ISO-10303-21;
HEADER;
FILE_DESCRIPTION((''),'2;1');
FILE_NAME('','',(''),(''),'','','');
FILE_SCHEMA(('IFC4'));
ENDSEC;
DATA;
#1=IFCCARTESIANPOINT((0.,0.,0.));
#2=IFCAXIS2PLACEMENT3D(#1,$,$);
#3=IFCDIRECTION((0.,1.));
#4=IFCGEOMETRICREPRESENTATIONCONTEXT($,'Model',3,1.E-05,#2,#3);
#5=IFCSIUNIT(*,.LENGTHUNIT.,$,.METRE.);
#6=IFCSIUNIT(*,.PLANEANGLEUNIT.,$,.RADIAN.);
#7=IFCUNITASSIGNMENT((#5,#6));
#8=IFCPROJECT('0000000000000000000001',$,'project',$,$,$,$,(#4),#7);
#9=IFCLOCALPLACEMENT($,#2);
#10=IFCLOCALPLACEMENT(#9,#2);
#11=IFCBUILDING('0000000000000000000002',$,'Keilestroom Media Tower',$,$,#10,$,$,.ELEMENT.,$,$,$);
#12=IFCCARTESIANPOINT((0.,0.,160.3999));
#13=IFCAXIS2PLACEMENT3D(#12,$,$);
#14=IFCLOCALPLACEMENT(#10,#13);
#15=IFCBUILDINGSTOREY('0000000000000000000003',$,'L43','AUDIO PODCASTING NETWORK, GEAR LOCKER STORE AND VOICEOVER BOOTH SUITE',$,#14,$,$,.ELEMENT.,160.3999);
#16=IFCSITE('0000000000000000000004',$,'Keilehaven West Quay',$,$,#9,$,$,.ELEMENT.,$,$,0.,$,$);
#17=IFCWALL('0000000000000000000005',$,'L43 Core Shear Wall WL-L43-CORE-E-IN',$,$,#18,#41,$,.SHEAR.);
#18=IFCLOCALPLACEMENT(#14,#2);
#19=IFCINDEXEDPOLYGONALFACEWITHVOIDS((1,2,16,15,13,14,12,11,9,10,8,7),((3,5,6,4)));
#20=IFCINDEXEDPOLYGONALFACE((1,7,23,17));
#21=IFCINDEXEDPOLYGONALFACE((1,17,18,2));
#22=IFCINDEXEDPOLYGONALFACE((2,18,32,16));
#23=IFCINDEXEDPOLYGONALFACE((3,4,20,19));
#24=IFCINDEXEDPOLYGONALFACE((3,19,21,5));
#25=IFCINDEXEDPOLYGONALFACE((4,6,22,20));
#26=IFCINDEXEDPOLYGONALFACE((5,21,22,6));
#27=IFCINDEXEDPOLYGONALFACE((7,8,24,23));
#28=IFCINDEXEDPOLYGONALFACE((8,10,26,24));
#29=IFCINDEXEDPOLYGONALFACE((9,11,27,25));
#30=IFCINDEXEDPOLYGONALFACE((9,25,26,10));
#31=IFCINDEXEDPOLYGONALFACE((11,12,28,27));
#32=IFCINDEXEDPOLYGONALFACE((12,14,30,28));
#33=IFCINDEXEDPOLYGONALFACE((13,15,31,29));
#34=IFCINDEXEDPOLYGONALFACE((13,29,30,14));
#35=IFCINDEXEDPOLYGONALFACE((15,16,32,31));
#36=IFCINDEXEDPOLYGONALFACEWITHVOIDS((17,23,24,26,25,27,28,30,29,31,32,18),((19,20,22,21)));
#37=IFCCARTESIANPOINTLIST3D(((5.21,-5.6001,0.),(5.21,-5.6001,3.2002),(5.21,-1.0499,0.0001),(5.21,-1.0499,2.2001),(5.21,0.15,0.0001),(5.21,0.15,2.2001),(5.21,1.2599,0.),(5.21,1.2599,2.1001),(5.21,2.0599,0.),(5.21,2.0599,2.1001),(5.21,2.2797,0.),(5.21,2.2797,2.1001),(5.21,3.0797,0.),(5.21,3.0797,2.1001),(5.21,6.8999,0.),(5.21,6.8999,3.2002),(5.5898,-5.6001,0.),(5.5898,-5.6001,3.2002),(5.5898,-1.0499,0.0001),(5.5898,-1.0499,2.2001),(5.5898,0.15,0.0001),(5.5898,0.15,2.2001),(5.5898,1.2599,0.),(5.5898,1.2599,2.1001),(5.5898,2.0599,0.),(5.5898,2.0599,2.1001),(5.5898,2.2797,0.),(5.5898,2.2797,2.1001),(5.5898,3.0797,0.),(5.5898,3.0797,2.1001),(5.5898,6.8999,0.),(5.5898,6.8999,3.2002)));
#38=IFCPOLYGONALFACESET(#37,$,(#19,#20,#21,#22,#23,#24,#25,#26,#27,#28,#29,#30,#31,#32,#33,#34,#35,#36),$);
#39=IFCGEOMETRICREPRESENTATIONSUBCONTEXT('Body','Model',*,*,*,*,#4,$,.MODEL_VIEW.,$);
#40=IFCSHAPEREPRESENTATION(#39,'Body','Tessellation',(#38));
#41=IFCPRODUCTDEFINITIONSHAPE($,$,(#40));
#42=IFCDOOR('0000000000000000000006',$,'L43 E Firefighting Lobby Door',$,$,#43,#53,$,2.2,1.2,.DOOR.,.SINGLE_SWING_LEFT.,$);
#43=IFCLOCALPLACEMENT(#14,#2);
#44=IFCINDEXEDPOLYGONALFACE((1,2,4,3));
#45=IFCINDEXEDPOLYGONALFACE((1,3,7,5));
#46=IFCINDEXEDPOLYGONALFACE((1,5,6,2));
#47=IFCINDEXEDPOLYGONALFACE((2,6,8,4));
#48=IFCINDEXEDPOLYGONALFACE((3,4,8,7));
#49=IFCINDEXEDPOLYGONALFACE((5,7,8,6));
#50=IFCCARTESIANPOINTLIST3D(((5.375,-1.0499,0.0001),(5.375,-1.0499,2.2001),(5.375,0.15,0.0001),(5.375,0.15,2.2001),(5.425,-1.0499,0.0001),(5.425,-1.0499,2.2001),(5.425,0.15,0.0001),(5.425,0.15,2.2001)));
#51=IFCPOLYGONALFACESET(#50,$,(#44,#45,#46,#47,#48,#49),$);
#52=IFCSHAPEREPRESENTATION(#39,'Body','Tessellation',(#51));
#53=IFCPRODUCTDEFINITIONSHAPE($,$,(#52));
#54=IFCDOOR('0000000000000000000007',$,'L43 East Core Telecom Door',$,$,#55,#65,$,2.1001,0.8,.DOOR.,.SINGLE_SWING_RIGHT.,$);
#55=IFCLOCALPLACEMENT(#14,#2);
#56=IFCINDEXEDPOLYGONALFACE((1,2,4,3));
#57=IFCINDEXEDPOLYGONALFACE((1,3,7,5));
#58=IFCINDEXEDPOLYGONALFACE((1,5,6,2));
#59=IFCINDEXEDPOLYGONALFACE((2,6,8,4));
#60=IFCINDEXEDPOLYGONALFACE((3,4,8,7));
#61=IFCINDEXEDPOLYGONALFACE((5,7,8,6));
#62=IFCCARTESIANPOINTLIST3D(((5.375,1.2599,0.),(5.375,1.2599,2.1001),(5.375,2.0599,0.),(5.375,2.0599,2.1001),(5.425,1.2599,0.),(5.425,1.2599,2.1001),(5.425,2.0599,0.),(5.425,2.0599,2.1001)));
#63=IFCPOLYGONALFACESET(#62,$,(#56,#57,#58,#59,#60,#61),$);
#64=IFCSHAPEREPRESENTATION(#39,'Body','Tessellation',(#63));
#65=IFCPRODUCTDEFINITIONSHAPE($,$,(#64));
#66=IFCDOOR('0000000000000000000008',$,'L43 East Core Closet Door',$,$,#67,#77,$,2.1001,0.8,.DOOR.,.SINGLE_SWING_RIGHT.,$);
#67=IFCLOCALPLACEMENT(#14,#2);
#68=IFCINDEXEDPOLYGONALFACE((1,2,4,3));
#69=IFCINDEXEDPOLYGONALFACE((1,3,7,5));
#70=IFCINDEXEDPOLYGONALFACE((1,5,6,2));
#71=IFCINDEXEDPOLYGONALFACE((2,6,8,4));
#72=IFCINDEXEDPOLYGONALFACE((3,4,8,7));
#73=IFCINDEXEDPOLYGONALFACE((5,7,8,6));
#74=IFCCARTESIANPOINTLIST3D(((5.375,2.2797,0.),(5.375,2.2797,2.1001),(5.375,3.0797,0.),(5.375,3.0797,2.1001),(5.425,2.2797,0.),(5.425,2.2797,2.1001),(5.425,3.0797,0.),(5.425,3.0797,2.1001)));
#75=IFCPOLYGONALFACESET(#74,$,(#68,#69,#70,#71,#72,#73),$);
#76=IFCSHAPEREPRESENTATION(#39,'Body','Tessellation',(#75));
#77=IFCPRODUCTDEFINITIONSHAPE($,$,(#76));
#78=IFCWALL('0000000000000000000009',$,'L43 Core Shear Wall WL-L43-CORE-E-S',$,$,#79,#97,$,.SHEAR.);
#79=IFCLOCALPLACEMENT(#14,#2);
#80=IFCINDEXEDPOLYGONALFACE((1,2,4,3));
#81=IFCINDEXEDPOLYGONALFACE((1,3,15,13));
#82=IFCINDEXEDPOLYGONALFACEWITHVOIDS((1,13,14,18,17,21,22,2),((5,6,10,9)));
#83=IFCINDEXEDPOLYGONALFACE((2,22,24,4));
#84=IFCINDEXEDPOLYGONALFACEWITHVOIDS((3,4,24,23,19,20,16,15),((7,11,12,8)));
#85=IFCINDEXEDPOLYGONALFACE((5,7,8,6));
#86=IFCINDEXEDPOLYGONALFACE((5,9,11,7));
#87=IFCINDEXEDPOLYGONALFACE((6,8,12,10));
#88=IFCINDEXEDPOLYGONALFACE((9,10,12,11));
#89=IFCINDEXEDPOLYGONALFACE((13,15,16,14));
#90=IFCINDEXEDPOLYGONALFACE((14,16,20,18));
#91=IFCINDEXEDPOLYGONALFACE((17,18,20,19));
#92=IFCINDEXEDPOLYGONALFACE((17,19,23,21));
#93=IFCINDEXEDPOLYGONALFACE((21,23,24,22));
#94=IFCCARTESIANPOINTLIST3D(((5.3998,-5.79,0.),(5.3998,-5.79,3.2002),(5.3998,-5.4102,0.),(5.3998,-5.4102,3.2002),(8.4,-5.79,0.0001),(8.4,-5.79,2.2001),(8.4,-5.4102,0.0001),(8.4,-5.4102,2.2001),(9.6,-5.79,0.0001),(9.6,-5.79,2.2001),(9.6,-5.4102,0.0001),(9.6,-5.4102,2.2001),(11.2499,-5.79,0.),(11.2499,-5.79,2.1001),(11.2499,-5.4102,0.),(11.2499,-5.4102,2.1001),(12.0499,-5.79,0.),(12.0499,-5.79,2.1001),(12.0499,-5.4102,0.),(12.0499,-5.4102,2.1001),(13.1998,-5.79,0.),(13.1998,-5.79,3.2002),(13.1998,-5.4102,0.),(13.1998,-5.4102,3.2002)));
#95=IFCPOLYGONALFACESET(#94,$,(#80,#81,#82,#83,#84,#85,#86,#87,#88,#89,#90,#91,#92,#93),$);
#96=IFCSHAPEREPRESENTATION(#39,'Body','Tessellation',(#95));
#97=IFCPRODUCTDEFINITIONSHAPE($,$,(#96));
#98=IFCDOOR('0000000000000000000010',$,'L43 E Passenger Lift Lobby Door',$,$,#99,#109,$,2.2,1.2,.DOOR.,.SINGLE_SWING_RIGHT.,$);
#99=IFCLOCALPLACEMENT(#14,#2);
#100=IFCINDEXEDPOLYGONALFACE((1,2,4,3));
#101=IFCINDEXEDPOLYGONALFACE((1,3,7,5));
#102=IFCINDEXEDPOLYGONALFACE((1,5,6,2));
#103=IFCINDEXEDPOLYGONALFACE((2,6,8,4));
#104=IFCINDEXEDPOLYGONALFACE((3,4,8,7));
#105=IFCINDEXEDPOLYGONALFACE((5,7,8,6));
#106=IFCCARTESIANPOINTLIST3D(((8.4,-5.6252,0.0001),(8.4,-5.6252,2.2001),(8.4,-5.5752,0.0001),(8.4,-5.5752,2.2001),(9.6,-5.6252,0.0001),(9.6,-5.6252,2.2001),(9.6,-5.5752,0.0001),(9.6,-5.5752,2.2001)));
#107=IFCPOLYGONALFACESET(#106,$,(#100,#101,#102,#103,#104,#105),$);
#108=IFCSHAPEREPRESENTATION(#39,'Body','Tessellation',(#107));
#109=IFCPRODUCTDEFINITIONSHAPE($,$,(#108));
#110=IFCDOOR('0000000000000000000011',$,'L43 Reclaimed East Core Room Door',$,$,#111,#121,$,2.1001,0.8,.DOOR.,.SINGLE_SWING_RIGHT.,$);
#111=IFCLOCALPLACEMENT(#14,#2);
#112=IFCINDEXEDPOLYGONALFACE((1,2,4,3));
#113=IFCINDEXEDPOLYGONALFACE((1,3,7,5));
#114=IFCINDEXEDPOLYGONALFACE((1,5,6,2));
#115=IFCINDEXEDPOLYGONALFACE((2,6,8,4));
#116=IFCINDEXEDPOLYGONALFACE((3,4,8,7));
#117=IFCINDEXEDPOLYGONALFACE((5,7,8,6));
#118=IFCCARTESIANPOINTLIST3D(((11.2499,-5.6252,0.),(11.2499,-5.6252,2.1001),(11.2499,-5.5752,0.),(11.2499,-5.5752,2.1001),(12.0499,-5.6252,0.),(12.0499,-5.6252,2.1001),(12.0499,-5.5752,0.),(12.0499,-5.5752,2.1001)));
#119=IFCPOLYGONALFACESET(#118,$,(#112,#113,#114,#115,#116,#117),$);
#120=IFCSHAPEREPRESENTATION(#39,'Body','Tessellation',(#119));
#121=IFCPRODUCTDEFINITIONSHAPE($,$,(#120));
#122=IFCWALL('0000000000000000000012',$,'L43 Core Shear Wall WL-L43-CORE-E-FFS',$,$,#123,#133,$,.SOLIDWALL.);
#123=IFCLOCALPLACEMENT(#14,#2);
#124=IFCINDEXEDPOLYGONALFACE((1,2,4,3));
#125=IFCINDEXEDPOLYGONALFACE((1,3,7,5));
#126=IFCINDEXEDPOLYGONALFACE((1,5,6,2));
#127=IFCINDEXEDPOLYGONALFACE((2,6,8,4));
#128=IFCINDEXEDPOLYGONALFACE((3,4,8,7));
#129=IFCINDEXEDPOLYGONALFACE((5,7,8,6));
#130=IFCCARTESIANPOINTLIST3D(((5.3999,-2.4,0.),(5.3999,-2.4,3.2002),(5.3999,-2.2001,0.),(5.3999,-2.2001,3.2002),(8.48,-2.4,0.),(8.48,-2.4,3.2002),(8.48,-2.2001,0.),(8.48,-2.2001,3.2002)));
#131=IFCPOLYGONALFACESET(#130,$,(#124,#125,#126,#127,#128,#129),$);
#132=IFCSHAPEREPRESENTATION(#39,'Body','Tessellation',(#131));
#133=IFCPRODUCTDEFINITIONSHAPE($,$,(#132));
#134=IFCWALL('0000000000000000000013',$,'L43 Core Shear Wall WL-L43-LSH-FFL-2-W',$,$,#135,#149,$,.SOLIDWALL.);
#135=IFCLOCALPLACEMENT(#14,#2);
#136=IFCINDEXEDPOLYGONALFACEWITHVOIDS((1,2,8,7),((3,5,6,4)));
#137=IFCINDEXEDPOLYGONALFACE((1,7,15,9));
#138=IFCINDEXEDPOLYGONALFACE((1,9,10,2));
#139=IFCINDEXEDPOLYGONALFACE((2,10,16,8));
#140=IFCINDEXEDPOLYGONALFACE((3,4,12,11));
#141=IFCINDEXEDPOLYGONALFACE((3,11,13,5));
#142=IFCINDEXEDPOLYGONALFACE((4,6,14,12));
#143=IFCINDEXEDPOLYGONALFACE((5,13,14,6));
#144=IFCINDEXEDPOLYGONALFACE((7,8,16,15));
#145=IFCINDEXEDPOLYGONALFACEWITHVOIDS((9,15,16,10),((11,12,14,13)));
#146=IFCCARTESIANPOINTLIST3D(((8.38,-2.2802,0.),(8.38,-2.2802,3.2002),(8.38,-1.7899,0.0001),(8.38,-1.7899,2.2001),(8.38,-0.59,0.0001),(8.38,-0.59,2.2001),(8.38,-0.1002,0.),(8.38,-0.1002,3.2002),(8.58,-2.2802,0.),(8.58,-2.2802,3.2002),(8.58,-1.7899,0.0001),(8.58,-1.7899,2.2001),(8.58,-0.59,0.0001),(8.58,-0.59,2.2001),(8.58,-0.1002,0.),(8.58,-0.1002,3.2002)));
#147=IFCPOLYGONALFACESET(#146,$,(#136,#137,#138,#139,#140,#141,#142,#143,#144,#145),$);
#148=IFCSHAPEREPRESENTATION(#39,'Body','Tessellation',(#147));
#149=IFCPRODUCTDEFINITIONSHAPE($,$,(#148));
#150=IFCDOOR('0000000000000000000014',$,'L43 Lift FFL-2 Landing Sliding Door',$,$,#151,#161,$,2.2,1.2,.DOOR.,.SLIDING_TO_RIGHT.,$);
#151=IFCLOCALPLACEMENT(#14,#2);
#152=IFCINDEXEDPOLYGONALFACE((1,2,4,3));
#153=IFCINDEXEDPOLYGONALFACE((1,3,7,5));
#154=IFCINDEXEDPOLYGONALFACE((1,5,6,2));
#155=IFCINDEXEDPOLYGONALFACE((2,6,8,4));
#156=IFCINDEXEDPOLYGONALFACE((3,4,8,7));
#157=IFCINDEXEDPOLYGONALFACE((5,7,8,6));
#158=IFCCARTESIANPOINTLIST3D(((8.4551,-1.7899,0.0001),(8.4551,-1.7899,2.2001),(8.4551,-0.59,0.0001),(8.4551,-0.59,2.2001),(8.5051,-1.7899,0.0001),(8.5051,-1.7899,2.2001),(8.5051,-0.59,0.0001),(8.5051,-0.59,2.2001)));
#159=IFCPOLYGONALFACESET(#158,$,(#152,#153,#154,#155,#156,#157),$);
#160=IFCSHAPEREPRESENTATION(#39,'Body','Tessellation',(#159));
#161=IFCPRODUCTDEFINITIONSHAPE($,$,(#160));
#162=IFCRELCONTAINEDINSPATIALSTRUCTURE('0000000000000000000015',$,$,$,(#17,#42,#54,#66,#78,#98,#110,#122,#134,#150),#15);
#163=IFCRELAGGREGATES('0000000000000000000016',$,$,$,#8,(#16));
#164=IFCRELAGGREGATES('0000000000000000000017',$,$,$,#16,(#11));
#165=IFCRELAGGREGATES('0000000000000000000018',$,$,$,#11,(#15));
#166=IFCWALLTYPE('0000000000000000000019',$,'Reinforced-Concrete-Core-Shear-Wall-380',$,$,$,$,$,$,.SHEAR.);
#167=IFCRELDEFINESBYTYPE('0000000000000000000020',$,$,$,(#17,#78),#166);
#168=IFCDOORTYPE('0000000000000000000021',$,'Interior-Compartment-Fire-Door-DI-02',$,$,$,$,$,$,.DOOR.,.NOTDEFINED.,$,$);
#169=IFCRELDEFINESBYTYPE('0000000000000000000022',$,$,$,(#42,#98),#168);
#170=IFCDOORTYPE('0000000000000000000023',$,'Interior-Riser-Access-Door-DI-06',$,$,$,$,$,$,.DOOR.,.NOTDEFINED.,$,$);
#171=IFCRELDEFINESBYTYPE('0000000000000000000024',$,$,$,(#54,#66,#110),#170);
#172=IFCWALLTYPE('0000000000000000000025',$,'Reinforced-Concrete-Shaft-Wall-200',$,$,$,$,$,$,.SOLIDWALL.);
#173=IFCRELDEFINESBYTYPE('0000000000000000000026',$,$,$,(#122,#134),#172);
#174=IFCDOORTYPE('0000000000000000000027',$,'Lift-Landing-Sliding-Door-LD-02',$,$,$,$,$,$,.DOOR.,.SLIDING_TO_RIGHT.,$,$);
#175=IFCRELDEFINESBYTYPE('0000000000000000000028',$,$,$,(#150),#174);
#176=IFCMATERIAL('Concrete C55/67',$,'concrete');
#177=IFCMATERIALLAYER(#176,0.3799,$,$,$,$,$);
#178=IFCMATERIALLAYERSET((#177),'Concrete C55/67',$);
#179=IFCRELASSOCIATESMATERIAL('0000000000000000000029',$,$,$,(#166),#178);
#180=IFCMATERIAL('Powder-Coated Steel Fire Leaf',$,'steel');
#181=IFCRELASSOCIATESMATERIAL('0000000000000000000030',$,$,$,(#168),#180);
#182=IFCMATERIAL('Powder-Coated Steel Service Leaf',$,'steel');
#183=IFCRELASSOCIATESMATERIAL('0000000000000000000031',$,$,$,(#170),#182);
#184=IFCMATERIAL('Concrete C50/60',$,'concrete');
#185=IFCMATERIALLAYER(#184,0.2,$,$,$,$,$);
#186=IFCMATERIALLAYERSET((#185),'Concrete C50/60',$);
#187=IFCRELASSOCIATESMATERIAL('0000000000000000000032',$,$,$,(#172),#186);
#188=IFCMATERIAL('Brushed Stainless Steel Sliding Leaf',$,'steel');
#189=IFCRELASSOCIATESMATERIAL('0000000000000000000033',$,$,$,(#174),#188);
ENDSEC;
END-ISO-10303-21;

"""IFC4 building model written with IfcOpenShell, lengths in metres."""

from ifc_helpers import new_model, si_unit, direction, frame, frame_2d, origin, place, context, subcontext, project, spatial, rectangle, extrude, source, transform, mapped, material, layer, layer_set, type_object, element, fill, save


model = new_model("IFC4")

# Units and contexts
model_context = context("Model", 3, precision=1e-05, world=origin(), true_north=direction((0.0, 1.0)))
body_context = subcontext(model_context, "Body", "Model", "MODEL_VIEW")
ifc_project = project(units=[si_unit("LENGTHUNIT", "METRE"), si_unit("PLANEANGLEUNIT", "RADIAN")], contexts=[model_context])

# Site, building, storey
site_placement = place(None, origin())
site = spatial("IfcSite", under=ifc_project, at=site_placement, Name="Keilehaven West Quay", CompositionType="ELEMENT", RefElevation=0.0)
building_placement = place(site_placement, origin())
building = spatial("IfcBuilding", under=site, at=building_placement, Name="Keilestroom Media Tower", CompositionType="ELEMENT")
storey_placement = place(building_placement, frame((0.0, 0.0, 160.3999)))
storey = spatial("IfcBuildingStorey", under=building, at=storey_placement, Name="L43", Description="AUDIO PODCASTING NETWORK, GEAR LOCKER STORE AND VOICEOVER BOOTH SUITE", CompositionType="ELEMENT", Elevation=160.3999)

# Shared definitions
ifc_material_1 = material(Name="Concrete C55/67", Category="concrete")

# Shared definitions
ifc_layer_1 = layer(ifc_material_1, 0.3799)
ifc_layer_set_1 = layer_set([ifc_layer_1], Name="Concrete C55/67")
wall_type_1 = type_object("IfcWallType", Name="Reinforced-Concrete-Core-Shear-Wall-380", PredefinedType="SHEAR", material=ifc_layer_set_1)

# Walls, openings, doors
wall_1_placement = place(storey_placement, frame((5.3999, -5.6001, 0.0), z_axis=(0.0, 0.0, 1.0), x_axis=(0.0, 1.0, 0.0)))
wall_1 = element("IfcWall", 1, at=wall_1_placement, inside=storey, type_object=wall_type_1, Name="L43 Core Shear Wall WL-L43-CORE-E-IN", PredefinedType="SHEAR", context=body_context, shape_type="SweptSolid", body=[
    extrude(rectangle(XDim=12.5, YDim=0.3799, at=frame_2d((6.25, 0.0))), origin(), (0.0, 0.0, 1.0), 3.2002),
])
opening_1_placement = place(wall_1_placement, frame((4.55, 0.0, 0.0)))
opening_1 = element("IfcOpeningElement", 2, at=opening_1_placement, cuts=wall_1, PredefinedType="OPENING", context=body_context, shape_type="SweptSolid", body=[
    extrude(rectangle(XDim=1.2, YDim=2.2, at=frame_2d((0.6001, 1.1001))), frame((0.0, 0.2, 0.0), z_axis=(0.0, -1.0, 0.0), x_axis=(1.0, 0.0, 0.0)), (0.0, 0.0, 1.0), 0.3999),
])
opening_2_placement = place(wall_1_placement, frame((6.8601, 0.0, 0.0)))
opening_2 = element("IfcOpeningElement", 3, at=opening_2_placement, cuts=wall_1, PredefinedType="OPENING", context=body_context, shape_type="SweptSolid", body=[
    extrude(rectangle(XDim=0.8, YDim=2.1001, at=frame_2d((0.3999, 1.05))), frame((0.0, 0.2, 0.0), z_axis=(0.0, -1.0, 0.0), x_axis=(1.0, 0.0, 0.0)), (0.0, 0.0, 1.0), 0.3999),
])
opening_3_placement = place(wall_1_placement, frame((7.8799, 0.0, 0.0)))
opening_3 = element("IfcOpeningElement", 4, at=opening_3_placement, cuts=wall_1, PredefinedType="OPENING", context=body_context, shape_type="SweptSolid", body=[
    extrude(rectangle(XDim=0.8, YDim=2.1001, at=frame_2d((0.3999, 1.05))), frame((0.0, 0.2, 0.0), z_axis=(0.0, -1.0, 0.0), x_axis=(1.0, 0.0, 0.0)), (0.0, 0.0, 1.0), 0.3999),
])
ifc_material_2 = material(Name="Powder-Coated Steel Fire Leaf", Category="steel")
door_type_1 = type_object("IfcDoorType", Name="Interior-Compartment-Fire-Door-DI-02", OperationType="NOTDEFINED", PredefinedType="DOOR", material=ifc_material_2)
shared_shape_1 = source(origin(), body_context, "Body", "SweptSolid", [
    extrude(rectangle(XDim=1.2, YDim=2.2, at=frame_2d((0.6001, 1.1001))), frame((0.0, 0.0249, 0.0), z_axis=(0.0, -1.0, 0.0), x_axis=(1.0, 0.0, 0.0)), (0.0, 0.0, 1.0), 0.05),
])
door_1_placement = place(opening_1_placement, origin())
door_1 = element("IfcDoor", 5, at=door_1_placement, inside=storey, type_object=door_type_1, Name="L43 E Firefighting Lobby Door", OperationType="SINGLE_SWING_LEFT", OverallHeight=2.2, OverallWidth=1.2, PredefinedType="DOOR", context=body_context, shape_type="MappedRepresentation", body=[
    mapped(shared_shape_1, transform((0.0, 0.0, 0.0), x_axis=(1.0, 0.0, 0.0), y_axis=(0.0, 1.0, 0.0), z_axis=(0.0, 0.0, 1.0), scale=1.0)),
])
fill(opening_1, door_1)
ifc_material_3 = material(Name="Powder-Coated Steel Service Leaf", Category="steel")
door_type_2 = type_object("IfcDoorType", Name="Interior-Riser-Access-Door-DI-06", OperationType="NOTDEFINED", PredefinedType="DOOR", material=ifc_material_3)
shared_shape_2 = source(origin(), body_context, "Body", "SweptSolid", [
    extrude(rectangle(XDim=0.8, YDim=2.1001, at=frame_2d((0.3999, 1.05))), frame((0.0, 0.0249, 0.0), z_axis=(0.0, -1.0, 0.0), x_axis=(1.0, 0.0, 0.0)), (0.0, 0.0, 1.0), 0.05),
])
door_2_placement = place(opening_2_placement, origin())
door_2 = element("IfcDoor", 6, at=door_2_placement, inside=storey, type_object=door_type_2, Name="L43 East Core Telecom Door", OperationType="SINGLE_SWING_RIGHT", OverallHeight=2.1001, OverallWidth=0.8, PredefinedType="DOOR", context=body_context, shape_type="MappedRepresentation", body=[
    mapped(shared_shape_2, transform((0.0, 0.0, 0.0), x_axis=(1.0, 0.0, 0.0), y_axis=(0.0, 1.0, 0.0), z_axis=(0.0, 0.0, 1.0), scale=1.0)),
])
fill(opening_2, door_2)
door_3_placement = place(opening_3_placement, origin())
door_3 = element("IfcDoor", 7, at=door_3_placement, inside=storey, type_object=door_type_2, Name="L43 East Core Closet Door", OperationType="SINGLE_SWING_RIGHT", OverallHeight=2.1001, OverallWidth=0.8, PredefinedType="DOOR", context=body_context, shape_type="MappedRepresentation", body=[
    mapped(shared_shape_2, transform((0.0, 0.0, 0.0), x_axis=(1.0, 0.0, 0.0), y_axis=(0.0, 1.0, 0.0), z_axis=(0.0, 0.0, 1.0), scale=1.0)),
])
fill(opening_3, door_3)
wall_2_placement = place(storey_placement, frame((5.3999, -5.6001, 0.0), z_axis=(0.0, 0.0, 1.0), x_axis=(1.0, 0.0, 0.0)))
wall_2 = element("IfcWall", 8, at=wall_2_placement, inside=storey, type_object=wall_type_1, Name="L43 Core Shear Wall WL-L43-CORE-E-S", PredefinedType="SHEAR", context=body_context, shape_type="SweptSolid", body=[
    extrude(rectangle(XDim=7.8, YDim=0.3799, at=frame_2d((3.8999, 0.0))), origin(), (0.0, 0.0, 1.0), 3.2002),
])
opening_4_placement = place(wall_2_placement, frame((3.0, 0.0, 0.0)))
opening_4 = element("IfcOpeningElement", 9, at=opening_4_placement, cuts=wall_2, PredefinedType="OPENING", context=body_context, shape_type="SweptSolid", body=[
    extrude(rectangle(XDim=1.2, YDim=2.2, at=frame_2d((0.6001, 1.1001))), frame((0.0, 0.2, 0.0), z_axis=(0.0, -1.0, 0.0), x_axis=(1.0, 0.0, 0.0)), (0.0, 0.0, 1.0), 0.3999),
])
opening_5_placement = place(wall_2_placement, frame((5.8501, 0.0, 0.0)))
opening_5 = element("IfcOpeningElement", 10, at=opening_5_placement, cuts=wall_2, PredefinedType="OPENING", context=body_context, shape_type="SweptSolid", body=[
    extrude(rectangle(XDim=0.8, YDim=2.1001, at=frame_2d((0.3999, 1.05))), frame((0.0, 0.2, 0.0), z_axis=(0.0, -1.0, 0.0), x_axis=(1.0, 0.0, 0.0)), (0.0, 0.0, 1.0), 0.3999),
])
door_4_placement = place(opening_4_placement, origin())
door_4 = element("IfcDoor", 11, at=door_4_placement, inside=storey, type_object=door_type_1, Name="L43 E Passenger Lift Lobby Door", OperationType="SINGLE_SWING_RIGHT", OverallHeight=2.2, OverallWidth=1.2, PredefinedType="DOOR", context=body_context, shape_type="MappedRepresentation", body=[
    mapped(shared_shape_1, transform((0.0, 0.0, 0.0), x_axis=(1.0, 0.0, 0.0), y_axis=(0.0, 1.0, 0.0), z_axis=(0.0, 0.0, 1.0), scale=1.0)),
])
fill(opening_4, door_4)
door_5_placement = place(opening_5_placement, origin())
door_5 = element("IfcDoor", 12, at=door_5_placement, inside=storey, type_object=door_type_2, Name="L43 Reclaimed East Core Room Door", OperationType="SINGLE_SWING_RIGHT", OverallHeight=2.1001, OverallWidth=0.8, PredefinedType="DOOR", context=body_context, shape_type="MappedRepresentation", body=[
    mapped(shared_shape_2, transform((0.0, 0.0, 0.0), x_axis=(1.0, 0.0, 0.0), y_axis=(0.0, 1.0, 0.0), z_axis=(0.0, 0.0, 1.0), scale=1.0)),
])
fill(opening_5, door_5)

# Wall
ifc_material_4 = material(Name="Concrete C50/60", Category="concrete")
ifc_layer_2 = layer(ifc_material_4, 0.2)
ifc_layer_set_2 = layer_set([ifc_layer_2], Name="Concrete C50/60")
wall_type_2 = type_object("IfcWallType", Name="Reinforced-Concrete-Shaft-Wall-200", PredefinedType="SOLIDWALL", material=ifc_layer_set_2)
wall_3_placement = place(storey_placement, frame((5.3999, -2.3, 0.0), z_axis=(0.0, 0.0, 1.0), x_axis=(1.0, 0.0, 0.0)))
element("IfcWall", 13, at=wall_3_placement, inside=storey, type_object=wall_type_2, Name="L43 Core Shear Wall WL-L43-CORE-E-FFS", PredefinedType="SOLIDWALL", context=body_context, shape_type="SweptSolid", body=[
    extrude(rectangle(XDim=3.0801, YDim=0.2, at=frame_2d((1.54, 0.0))), origin(), (0.0, 0.0, 1.0), 3.2002),
])

# Wall, opening, door
wall_4_placement = place(storey_placement, frame((8.48, -2.28, 0.0), z_axis=(0.0, 0.0, 1.0), x_axis=(0.0, 1.0, 0.0)))
wall_4 = element("IfcWall", 14, at=wall_4_placement, inside=storey, type_object=wall_type_2, Name="L43 Core Shear Wall WL-L43-LSH-FFL-2-W", PredefinedType="SOLIDWALL", context=body_context, shape_type="SweptSolid", body=[
    extrude(rectangle(XDim=2.1799, YDim=0.2, at=frame_2d((1.0898, 0.0))), origin(), (0.0, 0.0, 1.0), 3.2002),
])
opening_6_placement = place(wall_4_placement, frame((0.49, 0.0, 0.0)))
opening_6 = element("IfcOpeningElement", 15, at=opening_6_placement, cuts=wall_4, PredefinedType="OPENING", context=body_context, shape_type="SweptSolid", body=[
    extrude(rectangle(XDim=1.2, YDim=2.2, at=frame_2d((0.6001, 1.1001))), frame((0.0, 0.1099, 0.0), z_axis=(0.0, -1.0, 0.0), x_axis=(1.0, 0.0, 0.0)), (0.0, 0.0, 1.0), 0.22),
])
ifc_material_5 = material(Name="Brushed Stainless Steel Sliding Leaf", Category="steel")
door_type_3 = type_object("IfcDoorType", Name="Lift-Landing-Sliding-Door-LD-02", OperationType="SLIDING_TO_RIGHT", PredefinedType="DOOR", material=ifc_material_5)
door_6_placement = place(opening_6_placement, origin())
door_6 = element("IfcDoor", 16, at=door_6_placement, inside=storey, type_object=door_type_3, Name="L43 Lift FFL-2 Landing Sliding Door", OperationType="SLIDING_TO_RIGHT", OverallHeight=2.2, OverallWidth=1.2, PredefinedType="DOOR", context=body_context, shape_type="MappedRepresentation", body=[
    mapped(shared_shape_1, transform((0.0, 0.0, 0.0), x_axis=(1.0, 0.0, 0.0), y_axis=(0.0, 1.0, 0.0), z_axis=(0.0, 0.0, 1.0), scale=1.0)),
])
fill(opening_6, door_6)

save(model, "model.ifc")
